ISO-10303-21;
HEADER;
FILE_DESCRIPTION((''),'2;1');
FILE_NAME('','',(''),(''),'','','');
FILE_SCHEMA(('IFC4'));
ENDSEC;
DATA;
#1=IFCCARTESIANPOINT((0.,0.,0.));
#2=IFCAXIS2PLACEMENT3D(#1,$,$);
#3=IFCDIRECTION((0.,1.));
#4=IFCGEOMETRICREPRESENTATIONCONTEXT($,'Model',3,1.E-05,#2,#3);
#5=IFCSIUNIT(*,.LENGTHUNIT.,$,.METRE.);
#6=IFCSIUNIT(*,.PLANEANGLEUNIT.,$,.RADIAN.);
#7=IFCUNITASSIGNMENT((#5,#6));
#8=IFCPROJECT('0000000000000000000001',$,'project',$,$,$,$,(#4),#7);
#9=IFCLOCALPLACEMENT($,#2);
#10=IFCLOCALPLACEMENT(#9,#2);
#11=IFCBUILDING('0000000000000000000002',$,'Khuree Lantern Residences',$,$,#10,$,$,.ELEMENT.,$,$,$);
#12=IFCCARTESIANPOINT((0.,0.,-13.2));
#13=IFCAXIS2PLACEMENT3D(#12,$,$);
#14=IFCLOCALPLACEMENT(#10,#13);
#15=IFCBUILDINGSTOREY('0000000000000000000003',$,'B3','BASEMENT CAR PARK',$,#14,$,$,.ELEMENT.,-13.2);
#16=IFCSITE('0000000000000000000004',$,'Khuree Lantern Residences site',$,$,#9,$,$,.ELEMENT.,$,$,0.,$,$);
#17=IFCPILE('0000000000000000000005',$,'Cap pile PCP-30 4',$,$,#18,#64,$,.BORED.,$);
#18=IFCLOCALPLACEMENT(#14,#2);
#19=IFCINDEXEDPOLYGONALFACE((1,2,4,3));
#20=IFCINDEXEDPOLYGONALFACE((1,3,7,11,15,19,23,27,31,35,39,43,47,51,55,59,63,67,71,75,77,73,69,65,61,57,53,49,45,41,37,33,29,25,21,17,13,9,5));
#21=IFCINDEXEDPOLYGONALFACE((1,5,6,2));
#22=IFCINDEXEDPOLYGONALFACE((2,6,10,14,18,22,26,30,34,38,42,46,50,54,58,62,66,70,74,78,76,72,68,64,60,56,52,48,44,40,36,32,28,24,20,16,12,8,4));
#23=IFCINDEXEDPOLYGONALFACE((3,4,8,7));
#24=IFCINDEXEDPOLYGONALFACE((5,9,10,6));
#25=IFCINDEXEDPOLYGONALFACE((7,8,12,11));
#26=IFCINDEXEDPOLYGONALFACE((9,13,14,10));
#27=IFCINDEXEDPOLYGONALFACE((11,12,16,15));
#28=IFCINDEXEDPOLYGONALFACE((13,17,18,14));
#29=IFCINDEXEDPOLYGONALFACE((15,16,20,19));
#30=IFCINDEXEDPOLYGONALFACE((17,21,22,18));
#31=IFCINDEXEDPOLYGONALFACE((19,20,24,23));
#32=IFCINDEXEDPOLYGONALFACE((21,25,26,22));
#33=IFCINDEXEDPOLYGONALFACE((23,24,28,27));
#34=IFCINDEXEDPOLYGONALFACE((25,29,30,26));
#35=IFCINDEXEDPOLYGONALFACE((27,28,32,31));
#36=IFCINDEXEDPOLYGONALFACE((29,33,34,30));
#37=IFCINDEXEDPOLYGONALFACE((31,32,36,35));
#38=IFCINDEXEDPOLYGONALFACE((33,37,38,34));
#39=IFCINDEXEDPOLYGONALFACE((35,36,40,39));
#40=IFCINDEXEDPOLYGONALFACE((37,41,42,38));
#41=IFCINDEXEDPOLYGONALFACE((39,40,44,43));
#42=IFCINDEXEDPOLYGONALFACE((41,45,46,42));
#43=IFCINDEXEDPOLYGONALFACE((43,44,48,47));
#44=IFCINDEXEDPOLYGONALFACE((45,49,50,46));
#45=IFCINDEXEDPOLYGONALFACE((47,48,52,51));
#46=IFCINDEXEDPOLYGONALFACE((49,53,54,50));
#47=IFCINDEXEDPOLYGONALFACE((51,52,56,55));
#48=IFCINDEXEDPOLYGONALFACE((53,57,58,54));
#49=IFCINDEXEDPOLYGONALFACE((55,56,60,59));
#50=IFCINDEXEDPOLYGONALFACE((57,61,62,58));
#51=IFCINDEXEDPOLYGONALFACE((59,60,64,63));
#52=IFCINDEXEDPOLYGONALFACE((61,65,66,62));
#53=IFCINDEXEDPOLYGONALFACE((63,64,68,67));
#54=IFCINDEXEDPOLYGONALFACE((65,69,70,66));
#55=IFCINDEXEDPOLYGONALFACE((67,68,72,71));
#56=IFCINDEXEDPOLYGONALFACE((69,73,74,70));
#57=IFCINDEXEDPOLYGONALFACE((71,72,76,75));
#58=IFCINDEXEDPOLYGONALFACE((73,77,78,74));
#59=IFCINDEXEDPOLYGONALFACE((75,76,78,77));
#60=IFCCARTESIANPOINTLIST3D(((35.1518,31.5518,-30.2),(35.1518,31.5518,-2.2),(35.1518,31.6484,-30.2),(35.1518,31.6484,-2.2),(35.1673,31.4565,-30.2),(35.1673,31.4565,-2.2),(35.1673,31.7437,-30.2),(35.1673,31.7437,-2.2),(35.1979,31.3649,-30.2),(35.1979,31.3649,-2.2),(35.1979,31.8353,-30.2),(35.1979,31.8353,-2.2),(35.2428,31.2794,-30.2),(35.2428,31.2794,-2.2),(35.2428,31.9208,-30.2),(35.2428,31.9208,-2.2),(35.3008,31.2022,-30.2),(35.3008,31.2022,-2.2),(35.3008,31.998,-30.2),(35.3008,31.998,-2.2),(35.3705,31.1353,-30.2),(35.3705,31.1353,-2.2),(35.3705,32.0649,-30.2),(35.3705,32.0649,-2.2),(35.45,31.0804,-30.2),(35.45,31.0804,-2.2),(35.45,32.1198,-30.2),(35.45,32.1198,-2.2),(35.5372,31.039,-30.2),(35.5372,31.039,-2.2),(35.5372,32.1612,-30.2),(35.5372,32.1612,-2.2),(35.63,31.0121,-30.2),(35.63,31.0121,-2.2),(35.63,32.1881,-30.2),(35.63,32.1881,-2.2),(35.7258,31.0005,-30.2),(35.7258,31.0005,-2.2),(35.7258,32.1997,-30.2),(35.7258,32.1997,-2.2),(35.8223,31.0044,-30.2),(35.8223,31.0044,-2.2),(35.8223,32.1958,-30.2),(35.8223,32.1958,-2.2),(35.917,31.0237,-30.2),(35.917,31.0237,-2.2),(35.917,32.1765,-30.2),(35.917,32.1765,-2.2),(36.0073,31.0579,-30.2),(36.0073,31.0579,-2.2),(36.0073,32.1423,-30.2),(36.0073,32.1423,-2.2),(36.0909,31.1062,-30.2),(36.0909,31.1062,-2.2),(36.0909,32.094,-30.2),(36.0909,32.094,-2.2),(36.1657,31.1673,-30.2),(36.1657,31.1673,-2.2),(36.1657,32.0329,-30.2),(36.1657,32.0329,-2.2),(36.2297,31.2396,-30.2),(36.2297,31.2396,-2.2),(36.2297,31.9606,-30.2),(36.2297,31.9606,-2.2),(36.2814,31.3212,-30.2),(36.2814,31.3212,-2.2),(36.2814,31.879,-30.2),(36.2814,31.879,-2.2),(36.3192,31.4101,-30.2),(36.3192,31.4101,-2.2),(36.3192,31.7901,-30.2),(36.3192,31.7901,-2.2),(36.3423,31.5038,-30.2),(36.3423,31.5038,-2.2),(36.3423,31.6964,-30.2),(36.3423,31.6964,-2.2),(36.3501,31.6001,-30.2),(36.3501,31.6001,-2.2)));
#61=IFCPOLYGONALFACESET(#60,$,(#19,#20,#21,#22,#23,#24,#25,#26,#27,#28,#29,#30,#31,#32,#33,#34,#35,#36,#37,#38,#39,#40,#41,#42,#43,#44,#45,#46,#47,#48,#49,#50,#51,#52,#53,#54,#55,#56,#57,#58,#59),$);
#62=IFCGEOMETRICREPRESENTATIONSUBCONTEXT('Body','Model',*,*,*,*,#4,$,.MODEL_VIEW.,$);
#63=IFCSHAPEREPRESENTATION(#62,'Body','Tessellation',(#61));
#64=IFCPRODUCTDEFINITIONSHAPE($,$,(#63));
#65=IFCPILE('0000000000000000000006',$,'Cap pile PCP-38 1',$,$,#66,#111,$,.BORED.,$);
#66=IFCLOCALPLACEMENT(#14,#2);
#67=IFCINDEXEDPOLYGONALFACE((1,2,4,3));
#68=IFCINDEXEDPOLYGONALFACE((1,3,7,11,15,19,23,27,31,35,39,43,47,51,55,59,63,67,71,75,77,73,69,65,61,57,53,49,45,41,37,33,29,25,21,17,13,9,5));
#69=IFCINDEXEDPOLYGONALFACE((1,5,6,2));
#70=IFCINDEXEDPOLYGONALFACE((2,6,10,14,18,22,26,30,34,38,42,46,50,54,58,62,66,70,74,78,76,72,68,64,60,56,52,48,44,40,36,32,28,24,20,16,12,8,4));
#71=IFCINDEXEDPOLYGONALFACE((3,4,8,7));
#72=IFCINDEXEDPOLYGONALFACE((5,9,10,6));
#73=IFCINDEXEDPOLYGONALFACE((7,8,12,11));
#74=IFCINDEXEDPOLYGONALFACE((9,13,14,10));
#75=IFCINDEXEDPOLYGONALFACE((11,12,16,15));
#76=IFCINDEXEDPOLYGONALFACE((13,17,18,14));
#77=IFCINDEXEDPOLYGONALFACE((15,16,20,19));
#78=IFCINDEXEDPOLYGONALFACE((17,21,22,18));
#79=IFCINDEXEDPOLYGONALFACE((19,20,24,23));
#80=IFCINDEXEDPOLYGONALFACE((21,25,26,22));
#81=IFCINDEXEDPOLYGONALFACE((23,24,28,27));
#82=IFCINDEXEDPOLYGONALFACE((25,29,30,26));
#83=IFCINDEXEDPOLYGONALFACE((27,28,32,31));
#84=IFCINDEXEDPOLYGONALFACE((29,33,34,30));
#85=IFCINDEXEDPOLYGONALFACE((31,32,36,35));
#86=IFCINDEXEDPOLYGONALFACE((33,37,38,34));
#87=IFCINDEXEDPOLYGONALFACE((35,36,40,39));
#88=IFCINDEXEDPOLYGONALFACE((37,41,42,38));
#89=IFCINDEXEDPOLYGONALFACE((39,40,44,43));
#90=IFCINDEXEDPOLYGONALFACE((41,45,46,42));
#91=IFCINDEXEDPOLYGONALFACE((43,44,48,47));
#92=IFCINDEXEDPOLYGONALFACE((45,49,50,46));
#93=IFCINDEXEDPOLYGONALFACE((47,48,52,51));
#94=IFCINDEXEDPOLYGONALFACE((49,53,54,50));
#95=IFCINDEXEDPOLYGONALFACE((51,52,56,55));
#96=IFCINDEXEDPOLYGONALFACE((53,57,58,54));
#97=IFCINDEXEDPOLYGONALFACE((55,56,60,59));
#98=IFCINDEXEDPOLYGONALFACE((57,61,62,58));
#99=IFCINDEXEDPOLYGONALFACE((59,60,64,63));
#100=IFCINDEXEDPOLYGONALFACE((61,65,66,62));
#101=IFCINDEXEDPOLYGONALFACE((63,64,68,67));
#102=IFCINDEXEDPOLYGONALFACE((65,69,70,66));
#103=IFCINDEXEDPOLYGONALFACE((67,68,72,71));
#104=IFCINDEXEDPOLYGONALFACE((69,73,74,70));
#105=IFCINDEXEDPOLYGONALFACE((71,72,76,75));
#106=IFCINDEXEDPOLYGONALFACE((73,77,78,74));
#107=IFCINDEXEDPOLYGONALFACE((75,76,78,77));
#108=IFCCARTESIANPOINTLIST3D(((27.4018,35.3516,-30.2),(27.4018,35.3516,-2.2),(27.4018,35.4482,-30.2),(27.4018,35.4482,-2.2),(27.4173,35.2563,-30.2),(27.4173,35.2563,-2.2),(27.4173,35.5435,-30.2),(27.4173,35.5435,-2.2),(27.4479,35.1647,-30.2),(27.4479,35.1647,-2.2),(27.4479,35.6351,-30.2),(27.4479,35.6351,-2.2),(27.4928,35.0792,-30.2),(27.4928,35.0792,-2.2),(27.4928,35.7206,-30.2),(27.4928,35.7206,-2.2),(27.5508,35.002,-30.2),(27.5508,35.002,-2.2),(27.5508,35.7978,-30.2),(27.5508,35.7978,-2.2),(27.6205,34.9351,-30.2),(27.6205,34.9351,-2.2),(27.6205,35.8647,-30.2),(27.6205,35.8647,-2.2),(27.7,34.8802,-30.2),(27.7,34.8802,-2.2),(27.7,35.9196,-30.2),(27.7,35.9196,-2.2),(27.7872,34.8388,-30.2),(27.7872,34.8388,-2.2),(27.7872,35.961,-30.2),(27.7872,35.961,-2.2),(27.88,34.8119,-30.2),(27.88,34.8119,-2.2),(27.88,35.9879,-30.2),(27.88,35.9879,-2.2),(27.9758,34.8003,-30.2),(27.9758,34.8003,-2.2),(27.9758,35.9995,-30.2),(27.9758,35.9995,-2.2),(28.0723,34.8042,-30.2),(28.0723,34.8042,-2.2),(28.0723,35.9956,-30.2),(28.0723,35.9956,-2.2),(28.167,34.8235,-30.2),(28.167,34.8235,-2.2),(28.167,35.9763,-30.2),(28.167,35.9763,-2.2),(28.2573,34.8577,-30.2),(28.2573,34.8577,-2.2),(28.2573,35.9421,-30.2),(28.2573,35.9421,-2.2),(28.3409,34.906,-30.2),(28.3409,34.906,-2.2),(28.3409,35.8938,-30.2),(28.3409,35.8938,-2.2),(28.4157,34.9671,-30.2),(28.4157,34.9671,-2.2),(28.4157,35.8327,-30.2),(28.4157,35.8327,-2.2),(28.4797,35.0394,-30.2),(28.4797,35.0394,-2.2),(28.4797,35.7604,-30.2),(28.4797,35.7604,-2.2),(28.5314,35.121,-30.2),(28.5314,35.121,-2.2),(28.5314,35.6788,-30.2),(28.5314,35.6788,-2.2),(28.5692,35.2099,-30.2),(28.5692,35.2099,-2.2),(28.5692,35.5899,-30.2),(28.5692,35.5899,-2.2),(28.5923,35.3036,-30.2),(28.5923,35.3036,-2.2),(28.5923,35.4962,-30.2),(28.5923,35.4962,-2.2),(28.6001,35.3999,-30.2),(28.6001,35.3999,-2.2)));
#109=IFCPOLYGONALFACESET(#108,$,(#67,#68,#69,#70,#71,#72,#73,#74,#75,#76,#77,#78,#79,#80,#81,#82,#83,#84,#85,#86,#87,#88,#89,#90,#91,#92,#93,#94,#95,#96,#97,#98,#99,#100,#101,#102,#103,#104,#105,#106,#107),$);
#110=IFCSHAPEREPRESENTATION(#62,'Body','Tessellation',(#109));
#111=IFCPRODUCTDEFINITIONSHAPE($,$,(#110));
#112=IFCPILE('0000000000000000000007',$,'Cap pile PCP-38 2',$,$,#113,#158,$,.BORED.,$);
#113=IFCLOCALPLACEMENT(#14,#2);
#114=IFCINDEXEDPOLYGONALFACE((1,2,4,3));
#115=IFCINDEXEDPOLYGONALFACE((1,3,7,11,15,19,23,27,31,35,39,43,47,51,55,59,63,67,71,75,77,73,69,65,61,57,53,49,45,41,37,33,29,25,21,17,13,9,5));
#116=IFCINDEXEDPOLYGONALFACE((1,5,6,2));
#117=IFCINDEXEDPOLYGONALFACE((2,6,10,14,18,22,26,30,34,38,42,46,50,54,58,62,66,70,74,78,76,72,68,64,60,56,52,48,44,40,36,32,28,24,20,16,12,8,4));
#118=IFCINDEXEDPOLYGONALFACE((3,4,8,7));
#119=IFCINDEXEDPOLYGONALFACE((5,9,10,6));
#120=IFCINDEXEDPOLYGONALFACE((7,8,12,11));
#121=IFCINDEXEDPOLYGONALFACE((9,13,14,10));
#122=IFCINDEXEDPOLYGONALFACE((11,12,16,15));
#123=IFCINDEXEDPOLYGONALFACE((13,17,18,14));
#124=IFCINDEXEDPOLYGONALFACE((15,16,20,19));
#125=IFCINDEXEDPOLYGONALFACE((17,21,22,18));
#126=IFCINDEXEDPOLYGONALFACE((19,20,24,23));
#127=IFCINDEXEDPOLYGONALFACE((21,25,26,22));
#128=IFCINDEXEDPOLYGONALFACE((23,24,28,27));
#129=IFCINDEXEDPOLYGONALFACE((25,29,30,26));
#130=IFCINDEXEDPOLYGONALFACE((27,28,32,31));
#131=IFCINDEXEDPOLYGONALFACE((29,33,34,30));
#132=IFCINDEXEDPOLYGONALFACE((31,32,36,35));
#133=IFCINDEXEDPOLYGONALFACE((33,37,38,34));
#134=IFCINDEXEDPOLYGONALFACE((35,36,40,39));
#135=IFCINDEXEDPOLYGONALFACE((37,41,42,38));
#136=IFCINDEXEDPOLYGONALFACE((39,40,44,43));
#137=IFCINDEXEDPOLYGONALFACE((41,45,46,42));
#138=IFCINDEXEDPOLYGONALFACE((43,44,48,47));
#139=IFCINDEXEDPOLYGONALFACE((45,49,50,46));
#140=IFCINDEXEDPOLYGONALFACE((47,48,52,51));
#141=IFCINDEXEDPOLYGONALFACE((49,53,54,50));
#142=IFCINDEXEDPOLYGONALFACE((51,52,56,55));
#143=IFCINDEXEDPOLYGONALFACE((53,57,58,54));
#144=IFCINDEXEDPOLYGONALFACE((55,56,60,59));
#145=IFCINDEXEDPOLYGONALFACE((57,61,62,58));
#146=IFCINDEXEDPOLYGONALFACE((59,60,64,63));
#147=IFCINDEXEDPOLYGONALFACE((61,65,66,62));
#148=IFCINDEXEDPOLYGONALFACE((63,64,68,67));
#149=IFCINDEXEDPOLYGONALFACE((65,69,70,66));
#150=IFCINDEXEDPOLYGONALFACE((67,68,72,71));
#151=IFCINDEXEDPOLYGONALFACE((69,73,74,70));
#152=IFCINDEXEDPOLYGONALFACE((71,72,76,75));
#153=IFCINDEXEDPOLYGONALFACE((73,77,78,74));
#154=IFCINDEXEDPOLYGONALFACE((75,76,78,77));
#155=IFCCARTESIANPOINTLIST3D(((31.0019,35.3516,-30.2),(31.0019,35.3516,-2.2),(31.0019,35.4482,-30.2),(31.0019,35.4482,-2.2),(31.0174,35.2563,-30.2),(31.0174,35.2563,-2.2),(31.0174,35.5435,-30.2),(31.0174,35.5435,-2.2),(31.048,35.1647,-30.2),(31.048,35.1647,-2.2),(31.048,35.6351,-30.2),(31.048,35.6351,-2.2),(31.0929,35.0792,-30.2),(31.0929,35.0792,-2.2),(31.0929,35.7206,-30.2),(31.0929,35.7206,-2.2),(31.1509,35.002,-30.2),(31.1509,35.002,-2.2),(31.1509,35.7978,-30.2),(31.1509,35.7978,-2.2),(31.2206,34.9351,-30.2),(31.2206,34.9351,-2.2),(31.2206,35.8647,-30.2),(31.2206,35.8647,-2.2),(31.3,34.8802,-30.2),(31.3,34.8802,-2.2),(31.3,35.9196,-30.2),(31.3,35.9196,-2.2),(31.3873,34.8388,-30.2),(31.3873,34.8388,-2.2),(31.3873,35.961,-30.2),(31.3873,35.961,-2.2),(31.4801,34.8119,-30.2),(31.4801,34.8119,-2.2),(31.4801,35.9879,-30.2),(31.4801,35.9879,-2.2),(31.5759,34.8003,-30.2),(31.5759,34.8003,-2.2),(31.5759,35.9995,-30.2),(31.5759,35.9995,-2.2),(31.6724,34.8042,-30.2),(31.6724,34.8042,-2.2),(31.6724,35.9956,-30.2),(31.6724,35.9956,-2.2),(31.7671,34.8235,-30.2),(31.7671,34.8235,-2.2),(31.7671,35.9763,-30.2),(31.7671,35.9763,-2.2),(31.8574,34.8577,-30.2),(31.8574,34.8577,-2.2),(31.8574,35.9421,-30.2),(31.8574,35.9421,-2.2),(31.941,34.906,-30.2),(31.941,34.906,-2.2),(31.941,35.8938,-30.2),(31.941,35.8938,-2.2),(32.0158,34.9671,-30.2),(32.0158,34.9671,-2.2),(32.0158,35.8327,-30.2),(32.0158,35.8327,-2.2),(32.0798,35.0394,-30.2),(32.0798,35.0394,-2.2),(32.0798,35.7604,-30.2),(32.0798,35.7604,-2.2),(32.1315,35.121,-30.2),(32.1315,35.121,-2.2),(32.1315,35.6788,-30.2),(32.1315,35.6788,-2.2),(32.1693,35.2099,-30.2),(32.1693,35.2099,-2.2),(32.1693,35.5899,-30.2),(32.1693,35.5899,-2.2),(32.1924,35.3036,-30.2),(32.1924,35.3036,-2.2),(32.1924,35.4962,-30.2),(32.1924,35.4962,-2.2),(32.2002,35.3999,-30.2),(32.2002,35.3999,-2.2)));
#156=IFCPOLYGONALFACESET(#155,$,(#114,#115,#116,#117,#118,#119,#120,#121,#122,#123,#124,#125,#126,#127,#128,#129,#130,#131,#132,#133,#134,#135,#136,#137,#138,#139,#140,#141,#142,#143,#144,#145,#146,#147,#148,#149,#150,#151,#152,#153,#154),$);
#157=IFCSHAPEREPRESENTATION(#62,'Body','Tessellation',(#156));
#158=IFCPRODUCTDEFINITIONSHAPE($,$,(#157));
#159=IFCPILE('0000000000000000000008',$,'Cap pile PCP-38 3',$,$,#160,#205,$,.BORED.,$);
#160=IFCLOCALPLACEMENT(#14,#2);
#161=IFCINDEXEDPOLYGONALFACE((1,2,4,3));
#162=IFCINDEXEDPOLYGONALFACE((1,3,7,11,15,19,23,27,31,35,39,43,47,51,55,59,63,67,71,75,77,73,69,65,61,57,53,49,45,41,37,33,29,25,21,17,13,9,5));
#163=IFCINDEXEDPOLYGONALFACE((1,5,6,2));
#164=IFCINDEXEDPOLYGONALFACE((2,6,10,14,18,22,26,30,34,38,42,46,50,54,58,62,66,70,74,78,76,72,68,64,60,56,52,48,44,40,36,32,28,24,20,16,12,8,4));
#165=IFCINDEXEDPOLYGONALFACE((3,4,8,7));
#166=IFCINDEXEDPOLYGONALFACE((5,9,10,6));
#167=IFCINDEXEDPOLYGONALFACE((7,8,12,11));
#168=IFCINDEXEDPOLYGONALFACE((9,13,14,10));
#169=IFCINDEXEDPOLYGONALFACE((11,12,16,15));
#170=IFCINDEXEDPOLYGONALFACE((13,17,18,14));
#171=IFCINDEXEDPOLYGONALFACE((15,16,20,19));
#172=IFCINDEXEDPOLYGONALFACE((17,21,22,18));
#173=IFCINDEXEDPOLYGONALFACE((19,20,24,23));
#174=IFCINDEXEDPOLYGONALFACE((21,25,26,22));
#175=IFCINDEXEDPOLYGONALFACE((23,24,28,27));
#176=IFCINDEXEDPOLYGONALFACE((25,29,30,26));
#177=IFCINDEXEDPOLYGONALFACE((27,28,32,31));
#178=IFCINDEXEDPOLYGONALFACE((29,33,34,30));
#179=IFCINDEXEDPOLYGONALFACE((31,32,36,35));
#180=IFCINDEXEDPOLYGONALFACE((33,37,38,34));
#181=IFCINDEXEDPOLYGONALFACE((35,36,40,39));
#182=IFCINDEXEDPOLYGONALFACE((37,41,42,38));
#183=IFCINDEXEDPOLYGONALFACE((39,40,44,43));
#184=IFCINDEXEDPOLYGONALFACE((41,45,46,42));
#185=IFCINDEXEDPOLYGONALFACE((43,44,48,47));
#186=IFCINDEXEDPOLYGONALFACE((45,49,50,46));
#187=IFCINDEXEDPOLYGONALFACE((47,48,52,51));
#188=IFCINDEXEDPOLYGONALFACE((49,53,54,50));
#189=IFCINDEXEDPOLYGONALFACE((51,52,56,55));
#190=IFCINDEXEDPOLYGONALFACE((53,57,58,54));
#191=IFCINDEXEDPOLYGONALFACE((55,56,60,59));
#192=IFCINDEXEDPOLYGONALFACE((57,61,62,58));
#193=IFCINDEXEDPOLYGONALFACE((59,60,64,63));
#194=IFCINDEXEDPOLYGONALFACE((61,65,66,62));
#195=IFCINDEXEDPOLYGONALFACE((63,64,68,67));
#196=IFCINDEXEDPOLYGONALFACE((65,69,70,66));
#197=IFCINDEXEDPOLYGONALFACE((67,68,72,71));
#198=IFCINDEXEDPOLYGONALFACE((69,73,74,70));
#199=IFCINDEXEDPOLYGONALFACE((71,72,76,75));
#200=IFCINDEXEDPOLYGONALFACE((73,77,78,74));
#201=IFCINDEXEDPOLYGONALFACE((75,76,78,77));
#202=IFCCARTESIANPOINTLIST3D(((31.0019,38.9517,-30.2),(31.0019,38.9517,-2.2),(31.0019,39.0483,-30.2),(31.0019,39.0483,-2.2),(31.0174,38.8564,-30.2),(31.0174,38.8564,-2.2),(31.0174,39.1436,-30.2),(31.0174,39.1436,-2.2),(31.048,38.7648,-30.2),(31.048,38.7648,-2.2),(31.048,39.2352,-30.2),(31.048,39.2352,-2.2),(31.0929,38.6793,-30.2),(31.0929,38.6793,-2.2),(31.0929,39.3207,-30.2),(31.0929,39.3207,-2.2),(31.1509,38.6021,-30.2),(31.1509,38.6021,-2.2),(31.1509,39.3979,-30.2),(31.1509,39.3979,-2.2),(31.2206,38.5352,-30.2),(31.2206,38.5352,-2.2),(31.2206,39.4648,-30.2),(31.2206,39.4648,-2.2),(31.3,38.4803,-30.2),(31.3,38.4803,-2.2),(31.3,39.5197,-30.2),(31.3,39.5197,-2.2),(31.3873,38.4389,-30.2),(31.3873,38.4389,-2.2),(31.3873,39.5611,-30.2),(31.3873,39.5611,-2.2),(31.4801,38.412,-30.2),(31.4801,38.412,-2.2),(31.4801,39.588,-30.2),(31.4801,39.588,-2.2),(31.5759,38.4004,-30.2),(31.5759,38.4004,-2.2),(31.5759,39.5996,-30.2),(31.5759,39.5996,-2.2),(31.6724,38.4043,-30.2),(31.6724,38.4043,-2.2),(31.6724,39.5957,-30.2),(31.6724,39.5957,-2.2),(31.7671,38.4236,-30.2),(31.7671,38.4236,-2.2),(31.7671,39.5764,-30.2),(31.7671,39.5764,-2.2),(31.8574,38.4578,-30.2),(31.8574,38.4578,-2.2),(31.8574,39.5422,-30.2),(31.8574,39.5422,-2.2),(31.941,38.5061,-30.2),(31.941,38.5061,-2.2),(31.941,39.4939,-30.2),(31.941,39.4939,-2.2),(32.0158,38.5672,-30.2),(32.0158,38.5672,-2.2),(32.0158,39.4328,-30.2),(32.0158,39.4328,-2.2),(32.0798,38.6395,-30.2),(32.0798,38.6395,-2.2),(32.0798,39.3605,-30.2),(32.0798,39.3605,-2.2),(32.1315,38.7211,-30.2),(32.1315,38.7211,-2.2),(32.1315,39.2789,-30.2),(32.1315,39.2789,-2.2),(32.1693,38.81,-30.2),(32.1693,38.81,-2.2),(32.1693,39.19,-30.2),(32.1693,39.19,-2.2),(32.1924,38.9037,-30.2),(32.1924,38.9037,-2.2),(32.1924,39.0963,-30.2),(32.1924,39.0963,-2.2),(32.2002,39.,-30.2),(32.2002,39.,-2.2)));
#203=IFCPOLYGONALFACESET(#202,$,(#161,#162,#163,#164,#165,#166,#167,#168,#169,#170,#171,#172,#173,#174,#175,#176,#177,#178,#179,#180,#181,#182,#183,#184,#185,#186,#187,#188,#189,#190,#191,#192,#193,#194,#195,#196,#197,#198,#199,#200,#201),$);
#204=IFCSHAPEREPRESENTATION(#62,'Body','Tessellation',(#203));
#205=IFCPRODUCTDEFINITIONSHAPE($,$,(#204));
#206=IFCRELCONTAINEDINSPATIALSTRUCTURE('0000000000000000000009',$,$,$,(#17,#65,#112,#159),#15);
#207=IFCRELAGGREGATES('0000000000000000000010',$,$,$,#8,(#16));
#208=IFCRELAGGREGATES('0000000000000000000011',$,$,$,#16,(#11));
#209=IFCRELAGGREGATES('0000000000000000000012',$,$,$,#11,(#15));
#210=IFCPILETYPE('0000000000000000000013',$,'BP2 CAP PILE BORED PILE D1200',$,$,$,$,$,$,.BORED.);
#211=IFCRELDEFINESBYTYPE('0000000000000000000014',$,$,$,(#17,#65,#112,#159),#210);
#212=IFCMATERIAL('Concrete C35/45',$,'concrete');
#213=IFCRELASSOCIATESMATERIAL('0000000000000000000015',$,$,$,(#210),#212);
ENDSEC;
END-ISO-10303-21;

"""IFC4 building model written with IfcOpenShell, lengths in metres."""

from ifc_helpers import new_model, si_unit, direction, frame, origin, origin_2d, place, context, subcontext, project, spatial, circle, extrude, material, material_profile, profile_set, type_object, element, save


model = new_model("IFC4")

# Units and contexts
model_context = context("Model", 3, precision=1e-05, world=origin(), true_north=direction((0.0, 1.0)))
body_context = subcontext(model_context, "Body", "Model", "MODEL_VIEW")
ifc_project = project(units=[si_unit("LENGTHUNIT", "METRE"), si_unit("PLANEANGLEUNIT", "RADIAN")], contexts=[model_context])

# Site, building, storey
site_placement = place(None, origin())
site = spatial("IfcSite", under=ifc_project, at=site_placement, Name="Khuree Lantern Residences site", CompositionType="ELEMENT", RefElevation=0.0)
building_placement = place(site_placement, origin())
building = spatial("IfcBuilding", under=site, at=building_placement, Name="Khuree Lantern Residences", CompositionType="ELEMENT")
storey_placement = place(building_placement, frame((0.0, 0.0, -13.2)))
storey = spatial("IfcBuildingStorey", under=building, at=storey_placement, Name="B3", Description="BASEMENT CAR PARK", CompositionType="ELEMENT", Elevation=-13.2)

# Piles
ifc_material_1 = material(Name="Concrete C35/45", Category="concrete")
ifc_material_profile_1 = material_profile(ifc_material_1, circle(Radius=0.6001, at=origin_2d()), Name="BORED PILE D1200")
ifc_profile_set_1 = profile_set([ifc_material_profile_1], Name="Concrete C35/45")
pile_type_1 = type_object("IfcPileType", Name="BP2 CAP PILE BORED PILE D1200", PredefinedType="BORED", material=ifc_profile_set_1)
for number, where, z_axis, x_axis, name in (
    (1, (35.75, 31.6001, -2.2), (0.0, 0.0, -1.0), (1.0, 0.0, 0.0), "Cap pile PCP-30 4"),
    (2, (28.0, 35.3999, -2.2), (0.0, 0.0, -1.0), (1.0, 0.0, 0.0), "Cap pile PCP-38 1"),
    (3, (31.6001, 35.3999, -2.2), (0.0, 0.0, -1.0), (1.0, 0.0, 0.0), "Cap pile PCP-38 2"),
    (4, (31.6001, 39.0, -2.2), (0.0, 0.0, -1.0), (1.0, 0.0, 0.0), "Cap pile PCP-38 3"),
):
    element("IfcPile", number, at=place(storey_placement, frame(where, z_axis=z_axis, x_axis=x_axis)), inside=storey, type_object=pile_type_1, Name=name, PredefinedType="BORED", context=body_context, shape_type="SweptSolid", body=[
        extrude(circle(Radius=0.6001, at=origin_2d()), origin(), (0.0, 0.0, 1.0), 28.0),
    ])

save(model, "model.ifc")
